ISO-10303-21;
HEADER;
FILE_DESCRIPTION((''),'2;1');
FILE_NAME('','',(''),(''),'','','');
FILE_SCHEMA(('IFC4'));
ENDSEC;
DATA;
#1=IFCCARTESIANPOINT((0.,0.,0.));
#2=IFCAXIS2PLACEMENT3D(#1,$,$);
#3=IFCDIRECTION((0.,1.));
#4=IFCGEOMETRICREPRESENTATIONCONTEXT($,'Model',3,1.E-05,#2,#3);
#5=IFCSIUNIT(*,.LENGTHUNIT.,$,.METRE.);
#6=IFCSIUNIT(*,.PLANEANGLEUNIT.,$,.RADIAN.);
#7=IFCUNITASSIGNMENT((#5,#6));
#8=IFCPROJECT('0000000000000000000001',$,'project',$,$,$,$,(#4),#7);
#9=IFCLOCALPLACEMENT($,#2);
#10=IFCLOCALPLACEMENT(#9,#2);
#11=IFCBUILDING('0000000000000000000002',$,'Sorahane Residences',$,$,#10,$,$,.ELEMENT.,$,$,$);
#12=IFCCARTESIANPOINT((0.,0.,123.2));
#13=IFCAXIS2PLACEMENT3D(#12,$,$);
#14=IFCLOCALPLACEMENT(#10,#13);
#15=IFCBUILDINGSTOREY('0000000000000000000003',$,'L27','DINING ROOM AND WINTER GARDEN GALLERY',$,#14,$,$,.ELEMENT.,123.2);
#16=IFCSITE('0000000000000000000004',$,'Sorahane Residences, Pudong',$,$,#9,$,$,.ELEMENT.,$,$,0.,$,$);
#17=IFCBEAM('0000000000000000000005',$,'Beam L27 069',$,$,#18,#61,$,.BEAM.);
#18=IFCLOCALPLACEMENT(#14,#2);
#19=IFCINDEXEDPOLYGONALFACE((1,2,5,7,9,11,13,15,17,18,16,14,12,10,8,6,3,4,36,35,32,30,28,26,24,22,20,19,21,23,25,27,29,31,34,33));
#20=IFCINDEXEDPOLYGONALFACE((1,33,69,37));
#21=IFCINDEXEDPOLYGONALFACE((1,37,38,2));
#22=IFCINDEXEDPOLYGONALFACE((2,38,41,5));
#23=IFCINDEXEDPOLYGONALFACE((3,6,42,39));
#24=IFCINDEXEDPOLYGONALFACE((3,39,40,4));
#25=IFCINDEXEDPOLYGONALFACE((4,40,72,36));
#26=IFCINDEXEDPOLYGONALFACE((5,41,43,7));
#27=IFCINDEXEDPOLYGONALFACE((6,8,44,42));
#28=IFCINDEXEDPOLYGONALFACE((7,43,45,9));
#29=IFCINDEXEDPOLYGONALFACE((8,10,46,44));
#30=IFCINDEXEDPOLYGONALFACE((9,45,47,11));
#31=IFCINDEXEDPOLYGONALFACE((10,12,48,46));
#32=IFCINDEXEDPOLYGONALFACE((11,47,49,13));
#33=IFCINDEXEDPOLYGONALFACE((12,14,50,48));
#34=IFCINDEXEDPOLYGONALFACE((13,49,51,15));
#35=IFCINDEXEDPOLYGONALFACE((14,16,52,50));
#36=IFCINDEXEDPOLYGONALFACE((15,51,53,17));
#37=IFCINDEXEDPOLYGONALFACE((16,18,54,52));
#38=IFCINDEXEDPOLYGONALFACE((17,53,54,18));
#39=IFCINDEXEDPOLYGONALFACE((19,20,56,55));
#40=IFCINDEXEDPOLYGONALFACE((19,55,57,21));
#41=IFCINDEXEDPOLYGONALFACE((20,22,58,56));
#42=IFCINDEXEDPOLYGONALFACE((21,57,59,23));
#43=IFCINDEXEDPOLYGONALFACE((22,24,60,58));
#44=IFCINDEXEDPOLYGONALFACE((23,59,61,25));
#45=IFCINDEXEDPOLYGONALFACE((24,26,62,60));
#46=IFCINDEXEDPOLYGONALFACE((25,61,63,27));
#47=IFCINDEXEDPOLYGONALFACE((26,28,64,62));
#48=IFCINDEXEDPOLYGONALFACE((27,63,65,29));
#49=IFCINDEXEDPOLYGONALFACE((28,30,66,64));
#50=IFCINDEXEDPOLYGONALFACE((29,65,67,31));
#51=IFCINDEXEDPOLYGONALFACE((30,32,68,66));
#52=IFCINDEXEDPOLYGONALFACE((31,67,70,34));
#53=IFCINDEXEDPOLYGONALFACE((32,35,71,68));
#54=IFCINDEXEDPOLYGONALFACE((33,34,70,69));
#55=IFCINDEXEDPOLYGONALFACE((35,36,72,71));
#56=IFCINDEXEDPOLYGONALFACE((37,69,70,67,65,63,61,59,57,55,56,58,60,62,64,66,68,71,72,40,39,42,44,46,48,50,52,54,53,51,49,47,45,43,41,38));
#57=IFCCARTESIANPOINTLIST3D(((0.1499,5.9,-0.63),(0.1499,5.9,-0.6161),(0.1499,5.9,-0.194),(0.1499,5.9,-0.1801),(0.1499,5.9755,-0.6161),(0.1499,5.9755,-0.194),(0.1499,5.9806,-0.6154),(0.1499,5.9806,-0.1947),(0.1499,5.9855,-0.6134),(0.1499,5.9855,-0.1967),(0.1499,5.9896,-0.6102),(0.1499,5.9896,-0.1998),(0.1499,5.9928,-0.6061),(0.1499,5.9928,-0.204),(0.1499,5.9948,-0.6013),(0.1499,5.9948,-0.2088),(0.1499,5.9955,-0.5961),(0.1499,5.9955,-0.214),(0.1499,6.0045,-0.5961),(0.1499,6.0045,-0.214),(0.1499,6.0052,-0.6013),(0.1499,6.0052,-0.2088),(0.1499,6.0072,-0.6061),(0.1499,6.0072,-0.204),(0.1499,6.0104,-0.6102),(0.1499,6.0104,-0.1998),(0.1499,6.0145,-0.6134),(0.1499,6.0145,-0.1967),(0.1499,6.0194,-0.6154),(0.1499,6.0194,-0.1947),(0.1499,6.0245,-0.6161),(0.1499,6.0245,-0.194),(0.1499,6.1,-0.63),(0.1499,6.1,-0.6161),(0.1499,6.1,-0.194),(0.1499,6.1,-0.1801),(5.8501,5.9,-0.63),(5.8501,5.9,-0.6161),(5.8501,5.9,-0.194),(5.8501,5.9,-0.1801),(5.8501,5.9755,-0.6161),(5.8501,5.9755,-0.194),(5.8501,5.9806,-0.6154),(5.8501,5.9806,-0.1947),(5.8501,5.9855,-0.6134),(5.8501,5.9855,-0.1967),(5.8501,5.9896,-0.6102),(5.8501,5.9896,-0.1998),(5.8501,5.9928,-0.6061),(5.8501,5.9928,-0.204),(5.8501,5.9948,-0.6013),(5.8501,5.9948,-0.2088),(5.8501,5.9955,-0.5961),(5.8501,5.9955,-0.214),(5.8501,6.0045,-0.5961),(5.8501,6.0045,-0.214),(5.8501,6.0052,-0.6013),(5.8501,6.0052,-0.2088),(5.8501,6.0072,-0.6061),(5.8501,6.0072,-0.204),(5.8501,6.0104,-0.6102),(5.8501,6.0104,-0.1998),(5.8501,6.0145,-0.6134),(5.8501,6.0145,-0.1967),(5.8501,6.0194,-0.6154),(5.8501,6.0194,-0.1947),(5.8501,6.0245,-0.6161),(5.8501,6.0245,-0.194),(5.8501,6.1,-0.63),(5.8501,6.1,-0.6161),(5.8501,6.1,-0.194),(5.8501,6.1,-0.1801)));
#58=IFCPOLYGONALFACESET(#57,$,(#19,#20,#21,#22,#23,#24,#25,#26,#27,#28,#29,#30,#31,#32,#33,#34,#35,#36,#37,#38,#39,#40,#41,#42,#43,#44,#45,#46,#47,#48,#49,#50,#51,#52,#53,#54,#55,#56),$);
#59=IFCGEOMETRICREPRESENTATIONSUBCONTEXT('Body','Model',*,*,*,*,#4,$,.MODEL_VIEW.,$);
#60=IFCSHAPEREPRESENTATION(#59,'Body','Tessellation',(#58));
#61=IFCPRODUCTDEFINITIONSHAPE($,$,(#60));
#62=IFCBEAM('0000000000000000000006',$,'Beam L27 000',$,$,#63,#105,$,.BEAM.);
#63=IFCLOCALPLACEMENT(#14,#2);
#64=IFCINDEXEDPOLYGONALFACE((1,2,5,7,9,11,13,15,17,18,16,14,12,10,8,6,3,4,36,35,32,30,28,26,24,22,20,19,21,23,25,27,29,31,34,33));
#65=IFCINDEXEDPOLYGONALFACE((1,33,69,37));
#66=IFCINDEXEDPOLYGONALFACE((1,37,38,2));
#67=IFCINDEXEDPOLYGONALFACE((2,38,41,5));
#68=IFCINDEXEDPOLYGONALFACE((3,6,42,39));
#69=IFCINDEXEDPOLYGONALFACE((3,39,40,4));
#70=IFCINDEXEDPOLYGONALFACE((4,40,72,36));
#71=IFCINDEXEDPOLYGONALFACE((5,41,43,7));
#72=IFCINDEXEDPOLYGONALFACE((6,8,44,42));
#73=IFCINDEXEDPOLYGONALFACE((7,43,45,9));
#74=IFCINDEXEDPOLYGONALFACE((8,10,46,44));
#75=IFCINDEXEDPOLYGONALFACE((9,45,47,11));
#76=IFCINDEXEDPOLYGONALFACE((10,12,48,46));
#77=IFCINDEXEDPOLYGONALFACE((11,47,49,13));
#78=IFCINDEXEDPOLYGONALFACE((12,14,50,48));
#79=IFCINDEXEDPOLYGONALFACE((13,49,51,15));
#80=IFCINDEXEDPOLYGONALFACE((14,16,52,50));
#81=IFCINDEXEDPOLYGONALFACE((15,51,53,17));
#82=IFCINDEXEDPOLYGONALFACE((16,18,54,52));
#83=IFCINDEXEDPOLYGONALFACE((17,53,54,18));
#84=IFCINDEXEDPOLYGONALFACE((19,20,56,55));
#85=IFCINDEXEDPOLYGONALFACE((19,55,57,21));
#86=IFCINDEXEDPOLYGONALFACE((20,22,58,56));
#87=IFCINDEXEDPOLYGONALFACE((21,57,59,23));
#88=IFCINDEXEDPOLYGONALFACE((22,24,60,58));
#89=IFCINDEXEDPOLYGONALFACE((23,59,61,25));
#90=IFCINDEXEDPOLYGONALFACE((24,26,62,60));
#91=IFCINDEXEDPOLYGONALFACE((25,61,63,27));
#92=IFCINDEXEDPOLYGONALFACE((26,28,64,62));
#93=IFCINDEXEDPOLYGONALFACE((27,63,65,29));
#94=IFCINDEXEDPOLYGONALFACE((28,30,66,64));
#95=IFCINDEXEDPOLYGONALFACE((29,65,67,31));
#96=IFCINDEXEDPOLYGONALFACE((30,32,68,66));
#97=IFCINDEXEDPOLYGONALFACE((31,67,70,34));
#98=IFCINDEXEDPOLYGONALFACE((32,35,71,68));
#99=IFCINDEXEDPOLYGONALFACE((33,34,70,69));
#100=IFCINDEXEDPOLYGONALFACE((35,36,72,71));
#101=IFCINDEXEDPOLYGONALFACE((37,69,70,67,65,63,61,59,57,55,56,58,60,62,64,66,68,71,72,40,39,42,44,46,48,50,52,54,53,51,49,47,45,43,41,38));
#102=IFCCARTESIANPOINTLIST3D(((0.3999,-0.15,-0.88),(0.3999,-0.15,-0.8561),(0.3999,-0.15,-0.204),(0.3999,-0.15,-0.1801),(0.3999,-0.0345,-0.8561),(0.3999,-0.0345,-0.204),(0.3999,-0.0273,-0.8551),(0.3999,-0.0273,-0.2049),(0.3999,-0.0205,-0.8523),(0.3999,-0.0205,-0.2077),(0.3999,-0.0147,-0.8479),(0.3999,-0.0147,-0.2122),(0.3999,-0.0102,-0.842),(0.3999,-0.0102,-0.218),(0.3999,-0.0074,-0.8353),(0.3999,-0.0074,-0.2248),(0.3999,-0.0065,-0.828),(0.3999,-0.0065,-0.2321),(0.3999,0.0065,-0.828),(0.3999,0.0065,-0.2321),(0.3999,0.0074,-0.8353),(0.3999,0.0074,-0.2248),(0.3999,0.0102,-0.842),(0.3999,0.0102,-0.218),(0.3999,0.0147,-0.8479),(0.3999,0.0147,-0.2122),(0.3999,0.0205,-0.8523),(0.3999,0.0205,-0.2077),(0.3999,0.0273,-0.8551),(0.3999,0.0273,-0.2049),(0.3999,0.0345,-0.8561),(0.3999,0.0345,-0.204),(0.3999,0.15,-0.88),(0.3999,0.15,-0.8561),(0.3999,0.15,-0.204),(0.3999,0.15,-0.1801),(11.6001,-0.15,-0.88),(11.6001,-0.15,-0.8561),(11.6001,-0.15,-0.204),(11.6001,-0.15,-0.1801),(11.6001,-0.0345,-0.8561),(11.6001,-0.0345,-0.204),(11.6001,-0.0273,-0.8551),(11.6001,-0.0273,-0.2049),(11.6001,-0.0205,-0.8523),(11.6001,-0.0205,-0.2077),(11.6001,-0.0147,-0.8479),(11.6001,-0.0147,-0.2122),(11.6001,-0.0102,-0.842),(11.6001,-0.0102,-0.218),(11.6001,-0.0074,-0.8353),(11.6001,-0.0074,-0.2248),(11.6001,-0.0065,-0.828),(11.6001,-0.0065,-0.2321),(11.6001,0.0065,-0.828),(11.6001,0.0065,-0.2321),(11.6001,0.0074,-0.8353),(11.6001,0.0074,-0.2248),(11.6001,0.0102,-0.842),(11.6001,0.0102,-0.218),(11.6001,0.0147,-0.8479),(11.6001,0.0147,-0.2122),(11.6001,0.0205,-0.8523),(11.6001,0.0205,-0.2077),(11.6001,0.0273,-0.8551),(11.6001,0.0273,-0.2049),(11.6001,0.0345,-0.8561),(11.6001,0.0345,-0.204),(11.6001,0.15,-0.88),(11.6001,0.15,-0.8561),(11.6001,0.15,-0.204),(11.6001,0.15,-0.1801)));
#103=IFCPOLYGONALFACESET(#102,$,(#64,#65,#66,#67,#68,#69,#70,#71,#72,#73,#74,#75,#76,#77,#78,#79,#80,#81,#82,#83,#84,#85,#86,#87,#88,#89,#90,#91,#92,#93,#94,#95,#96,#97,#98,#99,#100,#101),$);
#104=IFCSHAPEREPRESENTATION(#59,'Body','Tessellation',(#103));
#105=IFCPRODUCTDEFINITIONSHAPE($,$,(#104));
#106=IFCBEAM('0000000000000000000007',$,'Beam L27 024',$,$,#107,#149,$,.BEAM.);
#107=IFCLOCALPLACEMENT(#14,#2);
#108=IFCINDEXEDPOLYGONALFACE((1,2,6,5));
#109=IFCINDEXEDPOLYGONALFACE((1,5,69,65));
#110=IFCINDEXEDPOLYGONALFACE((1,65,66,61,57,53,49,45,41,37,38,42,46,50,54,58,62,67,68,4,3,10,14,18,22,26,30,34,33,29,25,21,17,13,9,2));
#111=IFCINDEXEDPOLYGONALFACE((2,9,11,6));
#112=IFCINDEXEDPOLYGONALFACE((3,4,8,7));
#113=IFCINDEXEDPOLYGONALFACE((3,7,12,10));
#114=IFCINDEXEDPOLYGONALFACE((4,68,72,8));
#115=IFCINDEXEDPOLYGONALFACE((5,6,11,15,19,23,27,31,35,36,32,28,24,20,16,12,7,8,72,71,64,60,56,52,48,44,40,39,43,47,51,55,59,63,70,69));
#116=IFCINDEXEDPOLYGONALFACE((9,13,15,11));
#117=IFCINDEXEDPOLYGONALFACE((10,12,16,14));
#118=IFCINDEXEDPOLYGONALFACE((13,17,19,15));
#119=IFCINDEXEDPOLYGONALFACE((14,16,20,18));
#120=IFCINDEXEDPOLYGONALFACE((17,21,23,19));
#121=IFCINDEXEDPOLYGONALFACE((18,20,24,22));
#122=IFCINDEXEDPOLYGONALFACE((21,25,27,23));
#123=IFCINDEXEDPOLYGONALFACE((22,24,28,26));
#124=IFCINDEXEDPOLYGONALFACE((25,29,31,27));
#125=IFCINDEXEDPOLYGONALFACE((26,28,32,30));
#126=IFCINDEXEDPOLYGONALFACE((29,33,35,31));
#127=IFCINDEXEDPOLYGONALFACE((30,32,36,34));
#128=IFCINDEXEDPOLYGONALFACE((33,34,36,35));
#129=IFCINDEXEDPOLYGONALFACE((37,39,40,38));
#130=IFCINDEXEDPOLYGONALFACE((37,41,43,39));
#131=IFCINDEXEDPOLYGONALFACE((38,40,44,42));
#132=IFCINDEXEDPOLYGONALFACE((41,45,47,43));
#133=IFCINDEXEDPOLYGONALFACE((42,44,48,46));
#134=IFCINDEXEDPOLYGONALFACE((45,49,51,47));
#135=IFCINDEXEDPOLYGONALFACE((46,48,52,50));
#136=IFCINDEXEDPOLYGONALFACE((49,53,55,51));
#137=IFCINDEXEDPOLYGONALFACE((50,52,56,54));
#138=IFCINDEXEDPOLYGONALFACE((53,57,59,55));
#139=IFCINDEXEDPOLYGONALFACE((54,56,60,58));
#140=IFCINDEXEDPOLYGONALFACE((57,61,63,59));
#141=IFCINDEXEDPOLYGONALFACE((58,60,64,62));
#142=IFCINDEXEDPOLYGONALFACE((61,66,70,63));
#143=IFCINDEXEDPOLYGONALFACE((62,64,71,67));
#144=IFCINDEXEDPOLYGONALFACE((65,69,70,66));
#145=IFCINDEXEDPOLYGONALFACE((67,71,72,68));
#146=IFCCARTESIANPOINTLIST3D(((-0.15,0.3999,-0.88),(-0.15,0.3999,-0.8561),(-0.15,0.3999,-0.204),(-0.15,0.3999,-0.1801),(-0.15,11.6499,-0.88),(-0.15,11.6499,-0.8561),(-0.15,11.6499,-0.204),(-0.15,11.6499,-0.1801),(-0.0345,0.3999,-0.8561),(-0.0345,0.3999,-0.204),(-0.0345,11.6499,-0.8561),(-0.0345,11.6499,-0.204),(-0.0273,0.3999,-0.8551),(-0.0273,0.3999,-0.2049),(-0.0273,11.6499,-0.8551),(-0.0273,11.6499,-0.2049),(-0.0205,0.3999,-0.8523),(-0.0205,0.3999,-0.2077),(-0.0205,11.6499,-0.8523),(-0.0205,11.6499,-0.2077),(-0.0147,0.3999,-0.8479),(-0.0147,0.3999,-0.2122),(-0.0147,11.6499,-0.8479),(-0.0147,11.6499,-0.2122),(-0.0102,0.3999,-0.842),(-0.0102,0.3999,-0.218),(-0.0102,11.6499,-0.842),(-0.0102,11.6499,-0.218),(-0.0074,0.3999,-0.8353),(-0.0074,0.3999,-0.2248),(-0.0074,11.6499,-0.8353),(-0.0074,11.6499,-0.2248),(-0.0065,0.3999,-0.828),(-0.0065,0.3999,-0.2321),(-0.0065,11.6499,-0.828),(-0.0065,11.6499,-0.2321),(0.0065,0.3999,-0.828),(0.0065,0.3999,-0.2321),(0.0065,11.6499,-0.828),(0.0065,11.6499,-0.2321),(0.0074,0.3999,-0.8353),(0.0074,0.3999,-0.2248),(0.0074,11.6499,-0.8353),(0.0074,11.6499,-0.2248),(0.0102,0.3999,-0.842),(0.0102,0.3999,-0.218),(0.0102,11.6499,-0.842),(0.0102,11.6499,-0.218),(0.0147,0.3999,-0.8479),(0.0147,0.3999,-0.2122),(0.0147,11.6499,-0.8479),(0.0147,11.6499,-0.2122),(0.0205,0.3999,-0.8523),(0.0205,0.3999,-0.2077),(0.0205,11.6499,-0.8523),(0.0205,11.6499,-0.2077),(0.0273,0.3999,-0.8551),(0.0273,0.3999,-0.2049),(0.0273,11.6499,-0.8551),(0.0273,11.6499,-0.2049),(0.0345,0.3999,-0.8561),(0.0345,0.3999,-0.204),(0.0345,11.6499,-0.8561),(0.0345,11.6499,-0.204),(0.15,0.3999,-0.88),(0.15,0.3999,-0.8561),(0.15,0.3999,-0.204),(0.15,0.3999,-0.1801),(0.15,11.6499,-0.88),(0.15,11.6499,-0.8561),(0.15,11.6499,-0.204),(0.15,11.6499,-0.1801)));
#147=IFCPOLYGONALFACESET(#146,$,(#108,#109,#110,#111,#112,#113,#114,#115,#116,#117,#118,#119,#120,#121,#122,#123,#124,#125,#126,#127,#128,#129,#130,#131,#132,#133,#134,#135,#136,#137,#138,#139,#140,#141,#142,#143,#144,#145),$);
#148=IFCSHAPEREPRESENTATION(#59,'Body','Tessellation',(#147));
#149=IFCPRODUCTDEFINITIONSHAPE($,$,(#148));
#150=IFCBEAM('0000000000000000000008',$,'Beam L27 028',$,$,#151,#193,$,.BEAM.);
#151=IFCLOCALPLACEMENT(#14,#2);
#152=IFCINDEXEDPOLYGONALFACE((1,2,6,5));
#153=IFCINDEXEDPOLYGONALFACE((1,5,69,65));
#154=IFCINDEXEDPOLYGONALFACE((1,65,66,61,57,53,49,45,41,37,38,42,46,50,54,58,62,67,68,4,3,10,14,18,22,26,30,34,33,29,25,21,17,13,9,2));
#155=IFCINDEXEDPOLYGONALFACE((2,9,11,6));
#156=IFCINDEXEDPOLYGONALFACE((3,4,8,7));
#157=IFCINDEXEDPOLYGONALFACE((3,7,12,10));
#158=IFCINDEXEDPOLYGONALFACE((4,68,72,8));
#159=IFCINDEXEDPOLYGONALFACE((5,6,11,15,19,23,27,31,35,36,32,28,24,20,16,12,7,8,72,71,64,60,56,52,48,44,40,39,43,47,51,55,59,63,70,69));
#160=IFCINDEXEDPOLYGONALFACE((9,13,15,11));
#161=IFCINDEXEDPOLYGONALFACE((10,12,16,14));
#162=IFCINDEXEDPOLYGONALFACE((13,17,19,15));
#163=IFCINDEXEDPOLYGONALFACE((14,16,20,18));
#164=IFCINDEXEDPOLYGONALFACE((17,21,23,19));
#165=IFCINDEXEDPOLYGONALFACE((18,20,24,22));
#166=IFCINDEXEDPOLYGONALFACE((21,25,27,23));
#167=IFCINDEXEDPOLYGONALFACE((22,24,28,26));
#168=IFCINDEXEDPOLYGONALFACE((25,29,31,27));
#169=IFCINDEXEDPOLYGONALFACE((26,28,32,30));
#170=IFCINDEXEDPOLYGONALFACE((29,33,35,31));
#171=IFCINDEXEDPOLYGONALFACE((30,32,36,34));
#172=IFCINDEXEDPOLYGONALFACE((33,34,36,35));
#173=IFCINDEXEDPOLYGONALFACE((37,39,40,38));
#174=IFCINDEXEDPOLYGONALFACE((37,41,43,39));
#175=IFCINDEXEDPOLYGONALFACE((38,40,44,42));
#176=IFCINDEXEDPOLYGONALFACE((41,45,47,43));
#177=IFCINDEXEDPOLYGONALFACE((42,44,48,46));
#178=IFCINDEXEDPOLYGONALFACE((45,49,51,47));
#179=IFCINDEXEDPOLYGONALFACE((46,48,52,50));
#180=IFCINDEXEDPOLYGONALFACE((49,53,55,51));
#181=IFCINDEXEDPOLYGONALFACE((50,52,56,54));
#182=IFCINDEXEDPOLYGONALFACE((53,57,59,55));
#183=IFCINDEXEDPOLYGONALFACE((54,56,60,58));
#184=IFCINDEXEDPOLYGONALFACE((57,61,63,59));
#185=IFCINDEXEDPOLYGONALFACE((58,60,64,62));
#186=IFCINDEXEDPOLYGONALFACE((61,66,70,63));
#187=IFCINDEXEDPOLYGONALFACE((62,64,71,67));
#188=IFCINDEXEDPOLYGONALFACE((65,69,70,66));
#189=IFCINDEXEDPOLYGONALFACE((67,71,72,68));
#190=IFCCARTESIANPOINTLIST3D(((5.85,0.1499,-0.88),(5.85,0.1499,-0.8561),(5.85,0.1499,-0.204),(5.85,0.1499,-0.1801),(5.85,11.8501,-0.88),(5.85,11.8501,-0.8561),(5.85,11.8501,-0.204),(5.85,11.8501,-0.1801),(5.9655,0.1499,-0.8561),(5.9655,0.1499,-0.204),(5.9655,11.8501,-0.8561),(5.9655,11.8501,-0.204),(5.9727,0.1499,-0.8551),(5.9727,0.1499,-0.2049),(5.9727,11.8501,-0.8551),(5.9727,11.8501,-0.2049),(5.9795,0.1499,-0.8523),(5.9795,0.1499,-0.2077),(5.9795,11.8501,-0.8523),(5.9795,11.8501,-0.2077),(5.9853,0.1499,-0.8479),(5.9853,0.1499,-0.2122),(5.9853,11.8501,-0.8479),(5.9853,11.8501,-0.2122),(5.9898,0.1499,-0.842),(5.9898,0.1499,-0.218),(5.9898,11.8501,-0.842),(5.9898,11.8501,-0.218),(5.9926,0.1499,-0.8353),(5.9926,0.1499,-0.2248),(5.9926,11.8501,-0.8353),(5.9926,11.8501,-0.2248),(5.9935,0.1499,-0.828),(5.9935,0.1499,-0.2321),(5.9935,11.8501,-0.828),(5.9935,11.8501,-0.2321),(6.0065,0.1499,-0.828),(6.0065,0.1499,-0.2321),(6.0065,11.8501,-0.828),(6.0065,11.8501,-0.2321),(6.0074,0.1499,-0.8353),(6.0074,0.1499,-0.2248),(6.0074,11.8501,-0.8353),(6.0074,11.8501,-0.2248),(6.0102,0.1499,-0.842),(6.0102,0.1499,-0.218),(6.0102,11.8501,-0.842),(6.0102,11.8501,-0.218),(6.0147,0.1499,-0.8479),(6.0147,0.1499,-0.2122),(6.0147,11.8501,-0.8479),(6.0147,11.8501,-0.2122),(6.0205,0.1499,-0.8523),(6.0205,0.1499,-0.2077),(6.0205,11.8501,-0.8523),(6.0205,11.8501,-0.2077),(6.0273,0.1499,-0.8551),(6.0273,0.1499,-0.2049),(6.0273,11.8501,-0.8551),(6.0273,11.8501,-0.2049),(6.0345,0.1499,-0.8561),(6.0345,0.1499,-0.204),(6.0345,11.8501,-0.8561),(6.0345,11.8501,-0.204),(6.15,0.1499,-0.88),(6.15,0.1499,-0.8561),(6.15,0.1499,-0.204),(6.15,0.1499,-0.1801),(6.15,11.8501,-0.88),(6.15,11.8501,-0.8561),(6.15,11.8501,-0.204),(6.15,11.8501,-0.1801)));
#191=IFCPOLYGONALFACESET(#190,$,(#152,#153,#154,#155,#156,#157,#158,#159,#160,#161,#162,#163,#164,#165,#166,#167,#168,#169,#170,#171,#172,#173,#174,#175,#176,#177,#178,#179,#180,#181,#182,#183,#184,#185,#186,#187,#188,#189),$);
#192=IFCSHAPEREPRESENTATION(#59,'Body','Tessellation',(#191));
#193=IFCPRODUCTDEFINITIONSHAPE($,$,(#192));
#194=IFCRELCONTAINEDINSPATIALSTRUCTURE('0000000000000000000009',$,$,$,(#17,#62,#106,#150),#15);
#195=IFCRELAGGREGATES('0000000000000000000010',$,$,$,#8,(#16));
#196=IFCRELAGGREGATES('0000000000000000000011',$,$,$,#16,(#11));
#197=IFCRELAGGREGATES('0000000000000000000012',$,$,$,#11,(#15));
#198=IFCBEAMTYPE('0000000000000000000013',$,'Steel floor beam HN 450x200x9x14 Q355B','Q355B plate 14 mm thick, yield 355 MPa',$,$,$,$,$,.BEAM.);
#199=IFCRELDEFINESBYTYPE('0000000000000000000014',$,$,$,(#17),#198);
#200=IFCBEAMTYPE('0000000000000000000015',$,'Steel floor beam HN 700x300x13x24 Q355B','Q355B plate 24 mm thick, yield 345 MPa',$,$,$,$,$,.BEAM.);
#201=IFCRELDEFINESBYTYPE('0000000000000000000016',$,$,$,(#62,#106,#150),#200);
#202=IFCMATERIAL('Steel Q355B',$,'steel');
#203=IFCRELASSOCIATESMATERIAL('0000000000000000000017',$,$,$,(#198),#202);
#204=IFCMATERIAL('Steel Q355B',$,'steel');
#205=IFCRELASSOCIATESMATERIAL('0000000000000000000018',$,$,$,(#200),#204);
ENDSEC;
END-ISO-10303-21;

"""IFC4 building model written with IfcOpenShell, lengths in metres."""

from ifc_helpers import new_model, si_unit, direction, frame, origin, origin_2d, place, context, subcontext, project, spatial, i_section, extrude, material, material_profile, profile_set, type_object, element, save


model = new_model("IFC4")

# Units and contexts
model_context = context("Model", 3, precision=1e-05, world=origin(), true_north=direction((0.0, 1.0)))
body_context = subcontext(model_context, "Body", "Model", "MODEL_VIEW")
ifc_project = project(units=[si_unit("LENGTHUNIT", "METRE"), si_unit("PLANEANGLEUNIT", "RADIAN")], contexts=[model_context])

# Site, building, storey
site_placement = place(None, origin())
site = spatial("IfcSite", under=ifc_project, at=site_placement, Name="Sorahane Residences, Pudong", CompositionType="ELEMENT", RefElevation=0.0)
building_placement = place(site_placement, origin())
building = spatial("IfcBuilding", under=site, at=building_placement, Name="Sorahane Residences", CompositionType="ELEMENT")
storey_placement = place(building_placement, frame((0.0, 0.0, 123.2)))
storey = spatial("IfcBuildingStorey", under=building, at=storey_placement, Name="L27", Description="DINING ROOM AND WINTER GARDEN GALLERY", CompositionType="ELEMENT", Elevation=123.2)

# Beams
ifc_material_1 = material(Name="Steel Q355B", Category="steel")
ifc_material_profile_1 = material_profile(ifc_material_1, i_section(OverallWidth=0.2, OverallDepth=0.45, WebThickness=0.009, FlangeThickness=0.0139, FilletRadius=0.02, at=origin_2d()), Name="HN 450x200x9x14")
ifc_profile_set_1 = profile_set([ifc_material_profile_1], Name="Steel Q355B")
beam_type_1 = type_object("IfcBeamType", Name="Steel floor beam HN 450x200x9x14 Q355B", Description="Q355B plate 14 mm thick, yield 355 MPa", PredefinedType="BEAM", material=ifc_profile_set_1)
beam_1_placement = place(storey_placement, frame((0.1499, 6.0, -0.405), z_axis=(1.0, 0.0, 0.0), x_axis=(0.0, 1.0, 0.0)))
element("IfcBeam", 1, at=beam_1_placement, inside=storey, type_object=beam_type_1, Name="Beam L27 069", PredefinedType="BEAM", context=body_context, shape_type="SweptSolid", body=[
    extrude(i_section(OverallWidth=0.2, OverallDepth=0.45, WebThickness=0.009, FlangeThickness=0.0139, FilletRadius=0.02, at=origin_2d()), origin(), (0.0, 0.0, 1.0), 5.7002),
])
ifc_material_2 = material(Name="Steel Q355B", Category="steel")
ifc_material_profile_2 = material_profile(ifc_material_2, i_section(OverallWidth=0.3, OverallDepth=0.7, WebThickness=0.0129, FlangeThickness=0.0239, FilletRadius=0.0281, at=origin_2d()), Name="HN 700x300x13x24")
ifc_profile_set_2 = profile_set([ifc_material_profile_2], Name="Steel Q355B")
beam_type_2 = type_object("IfcBeamType", Name="Steel floor beam HN 700x300x13x24 Q355B", Description="Q355B plate 24 mm thick, yield 345 MPa", PredefinedType="BEAM", material=ifc_profile_set_2)
beam_2_placement = place(storey_placement, frame((0.3999, 0.0, -0.53), z_axis=(1.0, 0.0, 0.0), x_axis=(0.0, 1.0, 0.0)))
element("IfcBeam", 2, at=beam_2_placement, inside=storey, type_object=beam_type_2, Name="Beam L27 000", PredefinedType="BEAM", context=body_context, shape_type="SweptSolid", body=[
    extrude(i_section(OverallWidth=0.3, OverallDepth=0.7, WebThickness=0.0129, FlangeThickness=0.0239, FilletRadius=0.0281, at=origin_2d()), origin(), (0.0, 0.0, 1.0), 11.2002),
])
beam_3_placement = place(storey_placement, frame((0.0, 0.3999, -0.53), z_axis=(0.0, 1.0, 0.0), x_axis=(-1.0, 0.0, 0.0)))
element("IfcBeam", 3, at=beam_3_placement, inside=storey, type_object=beam_type_2, Name="Beam L27 024", PredefinedType="BEAM", context=body_context, shape_type="SweptSolid", body=[
    extrude(i_section(OverallWidth=0.3, OverallDepth=0.7, WebThickness=0.0129, FlangeThickness=0.0239, FilletRadius=0.0281, at=origin_2d()), origin(), (0.0, 0.0, 1.0), 11.25),
])
beam_4_placement = place(storey_placement, frame((6.0, 0.1499, -0.53), z_axis=(0.0, 1.0, 0.0), x_axis=(-1.0, 0.0, 0.0)))
element("IfcBeam", 4, at=beam_4_placement, inside=storey, type_object=beam_type_2, Name="Beam L27 028", PredefinedType="BEAM", context=body_context, shape_type="SweptSolid", body=[
    extrude(i_section(OverallWidth=0.3, OverallDepth=0.7, WebThickness=0.0129, FlangeThickness=0.0239, FilletRadius=0.0281, at=origin_2d()), origin(), (0.0, 0.0, 1.0), 11.7002),
])

save(model, "model.ifc")
